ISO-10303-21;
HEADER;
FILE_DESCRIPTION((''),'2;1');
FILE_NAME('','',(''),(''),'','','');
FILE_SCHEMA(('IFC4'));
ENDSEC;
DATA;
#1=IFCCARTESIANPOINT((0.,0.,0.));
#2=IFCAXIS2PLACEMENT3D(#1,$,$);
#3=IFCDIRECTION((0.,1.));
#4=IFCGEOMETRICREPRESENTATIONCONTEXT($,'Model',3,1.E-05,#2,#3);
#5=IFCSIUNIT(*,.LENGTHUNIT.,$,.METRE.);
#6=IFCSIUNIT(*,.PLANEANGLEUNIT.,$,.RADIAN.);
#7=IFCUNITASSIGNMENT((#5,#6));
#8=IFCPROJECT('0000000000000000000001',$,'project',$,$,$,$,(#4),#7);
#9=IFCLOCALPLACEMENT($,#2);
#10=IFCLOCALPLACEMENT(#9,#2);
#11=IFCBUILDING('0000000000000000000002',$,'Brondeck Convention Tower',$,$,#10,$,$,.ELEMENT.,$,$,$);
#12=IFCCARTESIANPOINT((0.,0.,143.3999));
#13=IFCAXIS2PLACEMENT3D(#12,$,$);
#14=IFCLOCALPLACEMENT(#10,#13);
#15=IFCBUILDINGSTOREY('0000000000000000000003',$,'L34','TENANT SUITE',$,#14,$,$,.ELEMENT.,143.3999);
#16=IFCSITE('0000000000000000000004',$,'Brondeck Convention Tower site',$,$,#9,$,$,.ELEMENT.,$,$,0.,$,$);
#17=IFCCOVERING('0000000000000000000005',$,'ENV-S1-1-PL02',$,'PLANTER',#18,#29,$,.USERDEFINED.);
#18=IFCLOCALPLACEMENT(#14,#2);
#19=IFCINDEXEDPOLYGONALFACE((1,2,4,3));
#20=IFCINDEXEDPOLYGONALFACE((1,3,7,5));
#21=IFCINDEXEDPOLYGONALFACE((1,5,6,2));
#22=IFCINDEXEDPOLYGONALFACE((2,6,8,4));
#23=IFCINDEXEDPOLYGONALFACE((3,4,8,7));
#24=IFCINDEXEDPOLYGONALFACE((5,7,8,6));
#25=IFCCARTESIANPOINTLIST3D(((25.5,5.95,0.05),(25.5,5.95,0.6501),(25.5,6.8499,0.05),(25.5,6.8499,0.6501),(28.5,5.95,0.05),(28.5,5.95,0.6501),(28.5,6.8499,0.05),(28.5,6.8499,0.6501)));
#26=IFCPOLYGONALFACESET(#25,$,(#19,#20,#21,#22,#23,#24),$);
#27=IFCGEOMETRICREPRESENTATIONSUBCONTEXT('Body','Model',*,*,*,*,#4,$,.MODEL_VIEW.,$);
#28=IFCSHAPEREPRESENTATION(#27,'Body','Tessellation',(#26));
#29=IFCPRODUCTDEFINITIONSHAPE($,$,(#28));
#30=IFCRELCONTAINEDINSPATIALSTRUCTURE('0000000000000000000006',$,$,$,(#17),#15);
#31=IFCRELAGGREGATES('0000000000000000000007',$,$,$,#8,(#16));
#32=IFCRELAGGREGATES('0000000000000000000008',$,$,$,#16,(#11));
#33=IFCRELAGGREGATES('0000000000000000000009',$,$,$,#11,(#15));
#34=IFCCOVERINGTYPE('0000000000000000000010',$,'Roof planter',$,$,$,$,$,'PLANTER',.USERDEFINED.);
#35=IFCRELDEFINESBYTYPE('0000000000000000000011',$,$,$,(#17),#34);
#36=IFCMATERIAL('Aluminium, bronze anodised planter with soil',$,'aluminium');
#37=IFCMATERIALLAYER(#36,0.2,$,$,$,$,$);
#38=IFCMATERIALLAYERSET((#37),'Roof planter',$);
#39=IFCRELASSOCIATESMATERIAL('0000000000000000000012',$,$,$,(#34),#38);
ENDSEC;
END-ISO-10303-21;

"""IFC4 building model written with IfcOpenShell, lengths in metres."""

from ifc_helpers import new_model, si_unit, direction, frame, origin, origin_2d, place, context, subcontext, project, spatial, rectangle, extrude, material, layer, layer_set, type_object, element, save


model = new_model("IFC4")

# Units and contexts
model_context = context("Model", 3, precision=1e-05, world=origin(), true_north=direction((0.0, 1.0)))
body_context = subcontext(model_context, "Body", "Model", "MODEL_VIEW")
ifc_project = project(units=[si_unit("LENGTHUNIT", "METRE"), si_unit("PLANEANGLEUNIT", "RADIAN")], contexts=[model_context])

# Site, building, storey
site_placement = place(None, origin())
site = spatial("IfcSite", under=ifc_project, at=site_placement, Name="Brondeck Convention Tower site", CompositionType="ELEMENT", RefElevation=0.0)
building_placement = place(site_placement, origin())
building = spatial("IfcBuilding", under=site, at=building_placement, Name="Brondeck Convention Tower", CompositionType="ELEMENT")
storey_placement = place(building_placement, frame((0.0, 0.0, 143.3999)))
storey = spatial("IfcBuildingStorey", under=building, at=storey_placement, Name="L34", Description="TENANT SUITE", CompositionType="ELEMENT", Elevation=143.3999)

# Covering
ifc_material_1 = material(Name="Aluminium, bronze anodised planter with soil", Category="aluminium")
ifc_layer_1 = layer(ifc_material_1, 0.2)
ifc_layer_set_1 = layer_set([ifc_layer_1], Name="Roof planter")
covering_type = type_object("IfcCoveringType", Name="Roof planter", ElementType="PLANTER", PredefinedType="USERDEFINED", material=ifc_layer_set_1)
covering_placement = place(storey_placement, frame((27.0, 6.3999, 0.05), z_axis=(0.0, 0.0, 1.0), x_axis=(1.0, 0.0, 0.0)))
element("IfcCovering", 1, at=covering_placement, inside=storey, type_object=covering_type, Name="ENV-S1-1-PL02", ObjectType="PLANTER", PredefinedType="USERDEFINED", context=body_context, shape_type="SweptSolid", body=[
    extrude(rectangle(XDim=3.0, YDim=0.8999, at=origin_2d()), origin(), (0.0, 0.0, 1.0), 0.6001),
])

save(model, "model.ifc")
